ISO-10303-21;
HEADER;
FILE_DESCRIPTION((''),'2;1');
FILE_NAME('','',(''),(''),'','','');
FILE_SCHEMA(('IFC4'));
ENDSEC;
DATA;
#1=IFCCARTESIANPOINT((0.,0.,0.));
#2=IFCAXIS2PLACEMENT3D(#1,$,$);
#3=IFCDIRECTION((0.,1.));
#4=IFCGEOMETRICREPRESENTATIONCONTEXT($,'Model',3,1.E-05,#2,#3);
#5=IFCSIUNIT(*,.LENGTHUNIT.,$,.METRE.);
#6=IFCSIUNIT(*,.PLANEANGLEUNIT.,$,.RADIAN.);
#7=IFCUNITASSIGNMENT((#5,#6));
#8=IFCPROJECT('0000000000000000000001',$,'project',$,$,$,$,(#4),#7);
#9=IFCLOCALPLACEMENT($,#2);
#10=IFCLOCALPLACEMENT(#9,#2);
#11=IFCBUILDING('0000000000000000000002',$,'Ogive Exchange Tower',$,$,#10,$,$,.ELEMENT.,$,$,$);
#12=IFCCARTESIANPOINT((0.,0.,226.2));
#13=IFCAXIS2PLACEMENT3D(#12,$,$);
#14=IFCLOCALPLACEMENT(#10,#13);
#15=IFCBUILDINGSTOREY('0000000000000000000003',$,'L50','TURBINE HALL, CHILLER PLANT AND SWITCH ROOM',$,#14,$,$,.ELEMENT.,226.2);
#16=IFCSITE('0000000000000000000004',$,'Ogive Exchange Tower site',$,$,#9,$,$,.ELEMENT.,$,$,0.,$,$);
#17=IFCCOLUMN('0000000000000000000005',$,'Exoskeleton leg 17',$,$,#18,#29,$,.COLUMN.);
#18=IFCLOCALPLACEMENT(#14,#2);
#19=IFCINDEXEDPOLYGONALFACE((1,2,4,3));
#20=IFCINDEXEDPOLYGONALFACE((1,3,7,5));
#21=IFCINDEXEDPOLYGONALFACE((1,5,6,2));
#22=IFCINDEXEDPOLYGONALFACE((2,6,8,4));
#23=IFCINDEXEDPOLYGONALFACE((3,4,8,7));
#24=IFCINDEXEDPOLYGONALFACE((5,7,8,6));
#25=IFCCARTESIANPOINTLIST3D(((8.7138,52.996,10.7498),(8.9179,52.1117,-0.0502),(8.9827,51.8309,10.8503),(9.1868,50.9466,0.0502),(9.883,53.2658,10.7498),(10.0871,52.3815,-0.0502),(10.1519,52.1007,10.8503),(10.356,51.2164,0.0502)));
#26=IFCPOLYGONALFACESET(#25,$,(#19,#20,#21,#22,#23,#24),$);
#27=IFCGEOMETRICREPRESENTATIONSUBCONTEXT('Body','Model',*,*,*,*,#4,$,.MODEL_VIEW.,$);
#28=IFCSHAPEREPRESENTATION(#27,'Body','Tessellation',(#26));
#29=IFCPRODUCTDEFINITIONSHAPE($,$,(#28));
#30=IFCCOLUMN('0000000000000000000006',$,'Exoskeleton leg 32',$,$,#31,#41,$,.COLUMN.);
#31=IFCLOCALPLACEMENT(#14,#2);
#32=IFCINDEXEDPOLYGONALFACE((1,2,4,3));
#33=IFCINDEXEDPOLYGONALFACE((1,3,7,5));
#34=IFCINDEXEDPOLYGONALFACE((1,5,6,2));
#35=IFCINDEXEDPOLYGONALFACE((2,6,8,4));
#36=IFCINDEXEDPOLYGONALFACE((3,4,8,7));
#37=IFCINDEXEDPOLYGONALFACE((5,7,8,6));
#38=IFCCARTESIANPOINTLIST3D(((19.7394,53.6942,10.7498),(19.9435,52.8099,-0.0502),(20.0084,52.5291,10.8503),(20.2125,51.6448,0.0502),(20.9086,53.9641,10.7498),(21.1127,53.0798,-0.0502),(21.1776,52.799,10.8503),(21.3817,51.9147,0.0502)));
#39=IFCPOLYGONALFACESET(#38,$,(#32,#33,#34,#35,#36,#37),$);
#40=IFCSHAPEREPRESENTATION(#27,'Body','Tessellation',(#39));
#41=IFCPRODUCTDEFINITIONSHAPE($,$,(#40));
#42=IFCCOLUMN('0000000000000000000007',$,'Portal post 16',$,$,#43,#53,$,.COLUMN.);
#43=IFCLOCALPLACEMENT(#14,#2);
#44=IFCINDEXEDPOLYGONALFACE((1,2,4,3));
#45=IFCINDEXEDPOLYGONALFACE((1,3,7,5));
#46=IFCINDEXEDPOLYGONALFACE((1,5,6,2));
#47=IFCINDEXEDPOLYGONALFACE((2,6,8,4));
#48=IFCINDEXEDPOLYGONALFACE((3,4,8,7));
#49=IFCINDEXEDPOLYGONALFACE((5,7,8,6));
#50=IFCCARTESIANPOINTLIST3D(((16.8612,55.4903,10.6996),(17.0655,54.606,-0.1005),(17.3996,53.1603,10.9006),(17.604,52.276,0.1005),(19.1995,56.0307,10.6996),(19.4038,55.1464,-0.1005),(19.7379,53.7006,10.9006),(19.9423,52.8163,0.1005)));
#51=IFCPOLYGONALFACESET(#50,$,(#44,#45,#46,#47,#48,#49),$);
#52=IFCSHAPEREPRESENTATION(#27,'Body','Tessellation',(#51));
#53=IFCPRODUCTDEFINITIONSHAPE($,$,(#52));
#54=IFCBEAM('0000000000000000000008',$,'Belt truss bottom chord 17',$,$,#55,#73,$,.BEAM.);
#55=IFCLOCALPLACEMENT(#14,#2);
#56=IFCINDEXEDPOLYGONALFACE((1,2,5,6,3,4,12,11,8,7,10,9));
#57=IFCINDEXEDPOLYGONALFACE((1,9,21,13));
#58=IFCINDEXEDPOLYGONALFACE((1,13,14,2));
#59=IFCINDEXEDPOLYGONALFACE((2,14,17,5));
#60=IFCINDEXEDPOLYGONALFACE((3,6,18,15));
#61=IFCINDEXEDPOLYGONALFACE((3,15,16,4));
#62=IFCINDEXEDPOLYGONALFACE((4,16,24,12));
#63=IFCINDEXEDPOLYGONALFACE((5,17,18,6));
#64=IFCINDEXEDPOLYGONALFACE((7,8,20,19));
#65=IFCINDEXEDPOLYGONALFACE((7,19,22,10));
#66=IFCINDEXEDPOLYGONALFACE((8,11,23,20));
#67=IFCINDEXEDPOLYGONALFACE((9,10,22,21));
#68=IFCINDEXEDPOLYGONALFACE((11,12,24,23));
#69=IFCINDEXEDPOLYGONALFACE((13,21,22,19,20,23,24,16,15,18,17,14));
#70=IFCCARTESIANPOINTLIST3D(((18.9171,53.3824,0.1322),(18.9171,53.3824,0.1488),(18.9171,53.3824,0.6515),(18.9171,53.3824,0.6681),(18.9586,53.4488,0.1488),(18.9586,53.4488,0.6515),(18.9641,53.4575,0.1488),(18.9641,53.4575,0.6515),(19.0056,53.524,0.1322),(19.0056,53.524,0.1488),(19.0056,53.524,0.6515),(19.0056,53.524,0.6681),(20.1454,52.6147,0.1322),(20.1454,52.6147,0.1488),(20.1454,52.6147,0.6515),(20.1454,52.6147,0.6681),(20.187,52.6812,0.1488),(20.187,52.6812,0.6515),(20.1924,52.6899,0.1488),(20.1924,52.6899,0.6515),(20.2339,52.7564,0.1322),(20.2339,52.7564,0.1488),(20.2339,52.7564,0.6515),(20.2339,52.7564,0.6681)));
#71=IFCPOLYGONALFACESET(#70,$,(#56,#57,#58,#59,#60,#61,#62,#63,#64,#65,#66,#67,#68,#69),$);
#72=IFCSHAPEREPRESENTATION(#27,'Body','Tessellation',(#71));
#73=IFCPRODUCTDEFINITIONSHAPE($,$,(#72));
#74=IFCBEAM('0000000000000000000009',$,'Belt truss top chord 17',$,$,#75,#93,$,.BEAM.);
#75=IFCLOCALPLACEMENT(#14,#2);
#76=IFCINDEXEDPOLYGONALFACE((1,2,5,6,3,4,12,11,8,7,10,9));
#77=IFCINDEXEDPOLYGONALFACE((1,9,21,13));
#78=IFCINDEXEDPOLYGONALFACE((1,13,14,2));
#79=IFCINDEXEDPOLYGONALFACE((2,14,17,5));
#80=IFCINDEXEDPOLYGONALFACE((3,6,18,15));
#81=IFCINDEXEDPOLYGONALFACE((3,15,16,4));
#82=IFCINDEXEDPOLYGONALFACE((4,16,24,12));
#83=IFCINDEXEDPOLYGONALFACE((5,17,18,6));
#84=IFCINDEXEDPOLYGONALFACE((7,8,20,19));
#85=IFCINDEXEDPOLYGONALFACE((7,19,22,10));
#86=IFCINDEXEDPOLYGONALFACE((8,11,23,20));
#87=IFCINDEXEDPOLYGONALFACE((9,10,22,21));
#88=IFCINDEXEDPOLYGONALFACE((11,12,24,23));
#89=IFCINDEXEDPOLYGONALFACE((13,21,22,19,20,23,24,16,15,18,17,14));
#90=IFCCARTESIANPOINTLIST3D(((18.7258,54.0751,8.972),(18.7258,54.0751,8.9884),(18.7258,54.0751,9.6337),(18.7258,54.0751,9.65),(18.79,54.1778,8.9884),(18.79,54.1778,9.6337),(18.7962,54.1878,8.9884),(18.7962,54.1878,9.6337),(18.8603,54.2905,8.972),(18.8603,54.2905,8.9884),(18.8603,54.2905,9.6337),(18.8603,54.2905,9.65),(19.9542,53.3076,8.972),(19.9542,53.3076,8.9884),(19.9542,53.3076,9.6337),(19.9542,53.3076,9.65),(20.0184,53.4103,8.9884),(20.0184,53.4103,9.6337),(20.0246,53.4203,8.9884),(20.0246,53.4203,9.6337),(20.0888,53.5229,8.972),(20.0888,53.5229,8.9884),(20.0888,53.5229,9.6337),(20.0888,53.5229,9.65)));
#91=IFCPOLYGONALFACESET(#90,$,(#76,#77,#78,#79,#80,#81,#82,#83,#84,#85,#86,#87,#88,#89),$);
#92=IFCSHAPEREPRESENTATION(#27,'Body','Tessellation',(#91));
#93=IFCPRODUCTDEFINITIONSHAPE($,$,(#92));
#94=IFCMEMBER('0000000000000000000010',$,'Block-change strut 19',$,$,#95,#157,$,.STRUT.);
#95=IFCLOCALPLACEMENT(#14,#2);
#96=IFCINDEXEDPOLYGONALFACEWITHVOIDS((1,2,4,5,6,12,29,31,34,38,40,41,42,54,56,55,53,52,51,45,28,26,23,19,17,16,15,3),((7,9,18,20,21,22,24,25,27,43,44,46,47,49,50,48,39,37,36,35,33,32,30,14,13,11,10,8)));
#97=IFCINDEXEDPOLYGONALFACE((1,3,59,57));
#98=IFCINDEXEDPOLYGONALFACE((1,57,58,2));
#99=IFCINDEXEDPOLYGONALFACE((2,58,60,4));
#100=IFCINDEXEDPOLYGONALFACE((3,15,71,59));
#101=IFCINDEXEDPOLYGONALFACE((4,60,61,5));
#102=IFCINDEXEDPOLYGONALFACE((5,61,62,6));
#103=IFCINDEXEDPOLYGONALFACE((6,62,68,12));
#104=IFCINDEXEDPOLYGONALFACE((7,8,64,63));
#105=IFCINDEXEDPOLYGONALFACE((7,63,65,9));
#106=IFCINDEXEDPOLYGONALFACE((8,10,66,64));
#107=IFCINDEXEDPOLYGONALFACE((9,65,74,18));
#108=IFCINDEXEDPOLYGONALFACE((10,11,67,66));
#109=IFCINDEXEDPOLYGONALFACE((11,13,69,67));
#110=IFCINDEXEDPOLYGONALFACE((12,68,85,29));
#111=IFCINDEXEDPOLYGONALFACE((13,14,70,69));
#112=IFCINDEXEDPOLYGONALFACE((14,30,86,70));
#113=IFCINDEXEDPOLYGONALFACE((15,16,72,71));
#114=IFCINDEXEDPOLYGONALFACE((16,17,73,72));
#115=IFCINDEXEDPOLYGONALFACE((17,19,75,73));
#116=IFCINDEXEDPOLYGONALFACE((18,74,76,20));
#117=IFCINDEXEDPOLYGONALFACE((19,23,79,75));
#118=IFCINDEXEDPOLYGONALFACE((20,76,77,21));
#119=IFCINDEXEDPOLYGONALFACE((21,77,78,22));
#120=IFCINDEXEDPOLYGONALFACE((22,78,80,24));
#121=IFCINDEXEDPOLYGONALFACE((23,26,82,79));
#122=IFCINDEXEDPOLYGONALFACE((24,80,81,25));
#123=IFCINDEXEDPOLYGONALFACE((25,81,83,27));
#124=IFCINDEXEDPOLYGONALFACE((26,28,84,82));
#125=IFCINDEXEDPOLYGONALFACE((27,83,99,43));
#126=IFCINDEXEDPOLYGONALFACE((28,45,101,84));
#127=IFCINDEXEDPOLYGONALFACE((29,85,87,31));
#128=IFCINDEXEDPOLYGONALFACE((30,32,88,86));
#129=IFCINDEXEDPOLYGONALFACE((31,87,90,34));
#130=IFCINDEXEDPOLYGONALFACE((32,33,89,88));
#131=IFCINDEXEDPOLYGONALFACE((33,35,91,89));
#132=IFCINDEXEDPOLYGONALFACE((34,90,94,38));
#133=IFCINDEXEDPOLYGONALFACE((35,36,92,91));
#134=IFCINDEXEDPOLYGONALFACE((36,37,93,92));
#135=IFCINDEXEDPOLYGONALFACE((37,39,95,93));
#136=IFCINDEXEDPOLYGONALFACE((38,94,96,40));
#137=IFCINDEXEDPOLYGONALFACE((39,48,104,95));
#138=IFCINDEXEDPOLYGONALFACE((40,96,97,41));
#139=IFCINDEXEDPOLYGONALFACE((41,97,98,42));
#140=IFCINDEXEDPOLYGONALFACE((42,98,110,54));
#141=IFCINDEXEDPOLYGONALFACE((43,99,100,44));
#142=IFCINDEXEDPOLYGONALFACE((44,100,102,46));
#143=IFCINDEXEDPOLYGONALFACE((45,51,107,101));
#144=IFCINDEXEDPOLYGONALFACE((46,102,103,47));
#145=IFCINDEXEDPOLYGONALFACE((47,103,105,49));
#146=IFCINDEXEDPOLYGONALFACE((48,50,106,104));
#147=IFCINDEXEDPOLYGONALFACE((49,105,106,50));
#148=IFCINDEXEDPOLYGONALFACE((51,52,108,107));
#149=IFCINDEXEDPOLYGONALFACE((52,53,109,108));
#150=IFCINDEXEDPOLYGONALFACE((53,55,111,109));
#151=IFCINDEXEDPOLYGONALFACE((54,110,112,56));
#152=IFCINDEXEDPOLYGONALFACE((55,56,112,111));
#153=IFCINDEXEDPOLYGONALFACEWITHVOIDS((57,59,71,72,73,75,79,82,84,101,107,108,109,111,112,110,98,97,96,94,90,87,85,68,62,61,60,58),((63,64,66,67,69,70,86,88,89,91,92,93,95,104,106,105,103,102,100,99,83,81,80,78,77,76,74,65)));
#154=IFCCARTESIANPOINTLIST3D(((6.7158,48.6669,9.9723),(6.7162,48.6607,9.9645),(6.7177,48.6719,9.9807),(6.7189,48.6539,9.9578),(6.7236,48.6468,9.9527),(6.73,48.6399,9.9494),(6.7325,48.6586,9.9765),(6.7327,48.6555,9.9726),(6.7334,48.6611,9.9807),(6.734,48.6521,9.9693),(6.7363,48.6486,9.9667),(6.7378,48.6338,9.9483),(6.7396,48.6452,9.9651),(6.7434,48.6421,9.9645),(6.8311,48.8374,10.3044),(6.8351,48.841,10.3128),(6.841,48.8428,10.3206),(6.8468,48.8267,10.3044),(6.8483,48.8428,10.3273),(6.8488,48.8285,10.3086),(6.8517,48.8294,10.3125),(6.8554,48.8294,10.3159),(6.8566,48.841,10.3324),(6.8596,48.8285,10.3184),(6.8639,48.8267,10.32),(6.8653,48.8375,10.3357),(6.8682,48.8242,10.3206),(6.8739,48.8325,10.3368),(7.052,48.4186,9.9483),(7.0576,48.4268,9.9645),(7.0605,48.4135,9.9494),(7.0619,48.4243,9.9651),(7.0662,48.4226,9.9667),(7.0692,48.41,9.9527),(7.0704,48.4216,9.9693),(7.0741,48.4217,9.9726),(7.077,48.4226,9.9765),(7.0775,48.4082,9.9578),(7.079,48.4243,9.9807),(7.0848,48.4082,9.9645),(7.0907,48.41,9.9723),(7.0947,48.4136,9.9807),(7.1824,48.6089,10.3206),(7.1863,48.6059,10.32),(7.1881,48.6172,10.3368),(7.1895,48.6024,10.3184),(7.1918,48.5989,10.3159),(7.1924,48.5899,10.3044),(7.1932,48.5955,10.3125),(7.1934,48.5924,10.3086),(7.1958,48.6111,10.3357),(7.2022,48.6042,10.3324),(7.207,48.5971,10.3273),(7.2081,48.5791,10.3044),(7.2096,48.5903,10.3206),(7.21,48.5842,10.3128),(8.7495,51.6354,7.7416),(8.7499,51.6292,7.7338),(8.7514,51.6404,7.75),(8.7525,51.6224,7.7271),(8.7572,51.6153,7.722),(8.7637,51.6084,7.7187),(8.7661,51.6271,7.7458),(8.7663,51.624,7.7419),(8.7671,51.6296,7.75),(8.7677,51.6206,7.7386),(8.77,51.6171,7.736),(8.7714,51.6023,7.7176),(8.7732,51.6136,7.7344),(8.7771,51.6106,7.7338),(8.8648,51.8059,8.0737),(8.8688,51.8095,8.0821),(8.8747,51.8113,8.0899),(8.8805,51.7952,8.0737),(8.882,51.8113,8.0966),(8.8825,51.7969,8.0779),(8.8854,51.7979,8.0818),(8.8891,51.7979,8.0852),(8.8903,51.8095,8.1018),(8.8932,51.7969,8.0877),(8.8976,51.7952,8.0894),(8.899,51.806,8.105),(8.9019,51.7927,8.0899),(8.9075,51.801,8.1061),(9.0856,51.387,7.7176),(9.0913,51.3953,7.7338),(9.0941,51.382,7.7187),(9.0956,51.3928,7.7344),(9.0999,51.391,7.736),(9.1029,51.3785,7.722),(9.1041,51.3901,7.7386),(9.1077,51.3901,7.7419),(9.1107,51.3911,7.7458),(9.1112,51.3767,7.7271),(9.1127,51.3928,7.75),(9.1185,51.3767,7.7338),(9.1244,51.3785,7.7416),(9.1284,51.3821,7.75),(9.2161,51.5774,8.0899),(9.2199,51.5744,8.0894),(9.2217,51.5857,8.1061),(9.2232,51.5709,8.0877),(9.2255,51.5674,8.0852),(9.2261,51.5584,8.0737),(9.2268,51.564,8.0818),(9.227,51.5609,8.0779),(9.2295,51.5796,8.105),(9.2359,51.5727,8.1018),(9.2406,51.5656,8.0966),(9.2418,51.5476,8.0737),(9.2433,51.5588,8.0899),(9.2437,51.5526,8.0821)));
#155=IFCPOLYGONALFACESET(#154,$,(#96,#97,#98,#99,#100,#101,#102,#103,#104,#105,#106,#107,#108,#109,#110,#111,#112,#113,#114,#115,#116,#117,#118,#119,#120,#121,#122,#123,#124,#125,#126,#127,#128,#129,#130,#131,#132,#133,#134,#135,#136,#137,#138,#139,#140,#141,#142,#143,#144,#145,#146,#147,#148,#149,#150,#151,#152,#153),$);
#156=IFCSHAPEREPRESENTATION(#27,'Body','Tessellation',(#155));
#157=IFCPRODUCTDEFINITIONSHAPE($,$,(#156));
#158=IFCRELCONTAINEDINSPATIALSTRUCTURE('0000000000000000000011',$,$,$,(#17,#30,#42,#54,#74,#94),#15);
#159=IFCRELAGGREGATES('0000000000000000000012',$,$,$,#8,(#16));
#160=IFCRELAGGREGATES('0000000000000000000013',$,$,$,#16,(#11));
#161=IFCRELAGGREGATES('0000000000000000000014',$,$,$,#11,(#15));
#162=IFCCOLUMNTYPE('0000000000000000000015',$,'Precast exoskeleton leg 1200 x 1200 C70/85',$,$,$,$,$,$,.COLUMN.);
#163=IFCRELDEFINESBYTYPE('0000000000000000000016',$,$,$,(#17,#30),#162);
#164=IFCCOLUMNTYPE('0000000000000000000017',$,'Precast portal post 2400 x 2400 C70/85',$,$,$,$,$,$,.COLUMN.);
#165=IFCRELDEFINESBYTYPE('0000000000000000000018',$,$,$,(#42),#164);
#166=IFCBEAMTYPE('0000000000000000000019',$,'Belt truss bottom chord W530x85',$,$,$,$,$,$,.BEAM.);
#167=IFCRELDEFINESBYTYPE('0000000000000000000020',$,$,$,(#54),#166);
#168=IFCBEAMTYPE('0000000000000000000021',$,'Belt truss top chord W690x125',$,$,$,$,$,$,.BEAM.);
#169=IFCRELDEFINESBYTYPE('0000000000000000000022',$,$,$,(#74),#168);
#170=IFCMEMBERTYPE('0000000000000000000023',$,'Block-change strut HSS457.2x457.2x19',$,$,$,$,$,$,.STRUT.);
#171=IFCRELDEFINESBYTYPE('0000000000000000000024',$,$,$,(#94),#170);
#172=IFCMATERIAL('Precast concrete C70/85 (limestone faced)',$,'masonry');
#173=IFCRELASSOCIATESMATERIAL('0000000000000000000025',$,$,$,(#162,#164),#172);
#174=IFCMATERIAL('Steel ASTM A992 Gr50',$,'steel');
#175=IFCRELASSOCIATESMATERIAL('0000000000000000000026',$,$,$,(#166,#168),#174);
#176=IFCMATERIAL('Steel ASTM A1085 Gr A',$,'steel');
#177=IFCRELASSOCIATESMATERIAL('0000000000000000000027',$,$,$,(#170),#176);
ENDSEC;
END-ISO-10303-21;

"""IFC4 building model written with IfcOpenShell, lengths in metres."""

from ifc_helpers import new_model, si_unit, direction, frame, origin, origin_2d, place, context, subcontext, project, spatial, rectangle, hollow_rectangle, i_section, extrude, material, material_profile, profile_set, type_object, element, save


model = new_model("IFC4")

# Units and contexts
model_context = context("Model", 3, precision=1e-05, world=origin(), true_north=direction((0.0, 1.0)))
body_context = subcontext(model_context, "Body", "Model", "MODEL_VIEW")
ifc_project = project(units=[si_unit("LENGTHUNIT", "METRE"), si_unit("PLANEANGLEUNIT", "RADIAN")], contexts=[model_context])

# Site, building, storey
site_placement = place(None, origin())
site = spatial("IfcSite", under=ifc_project, at=site_placement, Name="Ogive Exchange Tower site", CompositionType="ELEMENT", RefElevation=0.0)
building_placement = place(site_placement, origin())
building = spatial("IfcBuilding", under=site, at=building_placement, Name="Ogive Exchange Tower", CompositionType="ELEMENT")
storey_placement = place(building_placement, frame((0.0, 0.0, 226.2)))
storey = spatial("IfcBuildingStorey", under=building, at=storey_placement, Name="L50", Description="TURBINE HALL, CHILLER PLANT AND SWITCH ROOM", CompositionType="ELEMENT", Elevation=226.2)

# Columns
ifc_material_1 = material(Name="Precast concrete C70/85 (limestone faced)", Category="masonry")
ifc_material_profile_1 = material_profile(ifc_material_1, rectangle(XDim=1.2, YDim=1.2, at=origin_2d()), Name="1200 x 1200")
ifc_profile_set_1 = profile_set([ifc_material_profile_1], Name="Precast concrete C70/85 (limestone faced)")
column_type_1 = type_object("IfcColumnType", Name="Precast exoskeleton leg 1200 x 1200 C70/85", PredefinedType="COLUMN", material=ifc_profile_set_1)
for number, where, z_axis, x_axis, name in (
    (1, (9.637, 51.6641, 0.0), (-0.018832, 0.08159, 0.996488), (-0.974382, -0.224899, 0.0), "Exoskeleton leg 17"),
    (2, (20.6626, 52.3623, 0.0), (-0.018832, 0.08159, 0.996488), (-0.974382, -0.224899, 0.0), "Exoskeleton leg 32"),
):
    element("IfcColumn", number, at=place(storey_placement, frame(where, z_axis=z_axis, x_axis=x_axis)), inside=storey, type_object=column_type_1, Name=name, PredefinedType="COLUMN", context=body_context, shape_type="SweptSolid", body=[
        extrude(rectangle(XDim=1.2, YDim=1.2, at=origin_2d()), origin(), (0.0, 0.0, 1.0), 10.8381),
    ])
ifc_material_profile_2 = material_profile(ifc_material_1, rectangle(XDim=2.3999, YDim=2.3999, at=origin_2d()), Name="2400 x 2400")
ifc_profile_set_2 = profile_set([ifc_material_profile_2], Name="Precast concrete C70/85 (limestone faced)")
column_type_2 = type_object("IfcColumnType", Name="Precast portal post 2400 x 2400 C70/85", PredefinedType="COLUMN", material=ifc_profile_set_2)
column_placement = place(storey_placement, frame((18.5039, 53.7112, 0.0), z_axis=(-0.018854, 0.08159, 0.996488), x_axis=(-0.974323, -0.225154, 0.0)))
element("IfcColumn", 3, at=column_placement, inside=storey, type_object=column_type_2, Name="Portal post 16", PredefinedType="COLUMN", context=body_context, shape_type="SweptSolid", body=[
    extrude(rectangle(XDim=2.3999, YDim=2.3999, at=origin_2d()), origin(), (0.0, 0.0, 1.0), 10.8381),
])

# Beams
ifc_material_2 = material(Name="Steel ASTM A992 Gr50", Category="steel")
ifc_material_profile_3 = material_profile(ifc_material_2, i_section(OverallWidth=0.167, OverallDepth=0.5359, WebThickness=0.0103, FlangeThickness=0.0166, at=origin_2d()), Name="W530x85")
ifc_profile_set_3 = profile_set([ifc_material_profile_3], Name="Steel ASTM A992 Gr50")
beam_type_1 = type_object("IfcBeamType", Name="Belt truss bottom chord W530x85", PredefinedType="BEAM", material=ifc_profile_set_3)
beam_1_placement = place(storey_placement, frame((20.1897, 52.6855, 0.4001), z_axis=(-0.848027, 0.529953, 0.0), x_axis=(-0.529953, -0.848027, 0.0)))
element("IfcBeam", 4, at=beam_1_placement, inside=storey, type_object=beam_type_1, Name="Belt truss bottom chord 17", PredefinedType="BEAM", context=body_context, shape_type="SweptSolid", body=[
    extrude(i_section(OverallWidth=0.167, OverallDepth=0.5359, WebThickness=0.0103, FlangeThickness=0.0166, at=origin_2d()), origin(), (0.0, 0.0, 1.0), 1.4485),
])
ifc_material_profile_4 = material_profile(ifc_material_2, i_section(OverallWidth=0.2539, OverallDepth=0.678, WebThickness=0.0117, FlangeThickness=0.0164, at=origin_2d()), Name="W690x125")
ifc_profile_set_4 = profile_set([ifc_material_profile_4], Name="Steel ASTM A992 Gr50")
beam_type_2 = type_object("IfcBeamType", Name="Belt truss top chord W690x125", PredefinedType="BEAM", material=ifc_profile_set_4)
beam_2_placement = place(storey_placement, frame((20.0215, 53.4153, 9.311), z_axis=(-0.848074, 0.529878, 0.0), x_axis=(-0.529878, -0.848074, 0.0)))
element("IfcBeam", 5, at=beam_2_placement, inside=storey, type_object=beam_type_2, Name="Belt truss top chord 17", PredefinedType="BEAM", context=body_context, shape_type="SweptSolid", body=[
    extrude(i_section(OverallWidth=0.2539, OverallDepth=0.678, WebThickness=0.0117, FlangeThickness=0.0164, at=origin_2d()), origin(), (0.0, 0.0, 1.0), 1.4485),
])

# Member
ifc_material_3 = material(Name="Steel ASTM A1085 Gr A", Category="steel")
ifc_material_profile_5 = material_profile(ifc_material_3, hollow_rectangle(XDim=0.457, YDim=0.457, WallThickness=0.019, InnerFilletRadius=0.019, OuterFilletRadius=0.0381, at=origin_2d()), Name="HSS457.2x457.2x19")
ifc_profile_set_5 = profile_set([ifc_material_profile_5], Name="Steel ASTM A1085 Gr A")
member_type_1 = type_object("IfcMemberType", Name="Block-change strut HSS457.2x457.2x19", PredefinedType="STRUT", material=ifc_profile_set_5)
member_1_placement = place(storey_placement, frame((8.9966, 51.594, 7.9119), z_axis=(-0.480361, -0.701165, 0.526897), x_axis=(0.824969, -0.565178, 0.0)))
element("IfcMember", 6, at=member_1_placement, inside=storey, type_object=member_type_1, Name="Block-change strut 19", PredefinedType="STRUT", context=body_context, shape_type="SweptSolid", body=[
    extrude(hollow_rectangle(XDim=0.457, YDim=0.457, WallThickness=0.019, InnerFilletRadius=0.019, OuterFilletRadius=0.0381, at=origin_2d()), origin(), (0.0, 0.0, 1.0), 4.2336),
])

save(model, "model.ifc")
